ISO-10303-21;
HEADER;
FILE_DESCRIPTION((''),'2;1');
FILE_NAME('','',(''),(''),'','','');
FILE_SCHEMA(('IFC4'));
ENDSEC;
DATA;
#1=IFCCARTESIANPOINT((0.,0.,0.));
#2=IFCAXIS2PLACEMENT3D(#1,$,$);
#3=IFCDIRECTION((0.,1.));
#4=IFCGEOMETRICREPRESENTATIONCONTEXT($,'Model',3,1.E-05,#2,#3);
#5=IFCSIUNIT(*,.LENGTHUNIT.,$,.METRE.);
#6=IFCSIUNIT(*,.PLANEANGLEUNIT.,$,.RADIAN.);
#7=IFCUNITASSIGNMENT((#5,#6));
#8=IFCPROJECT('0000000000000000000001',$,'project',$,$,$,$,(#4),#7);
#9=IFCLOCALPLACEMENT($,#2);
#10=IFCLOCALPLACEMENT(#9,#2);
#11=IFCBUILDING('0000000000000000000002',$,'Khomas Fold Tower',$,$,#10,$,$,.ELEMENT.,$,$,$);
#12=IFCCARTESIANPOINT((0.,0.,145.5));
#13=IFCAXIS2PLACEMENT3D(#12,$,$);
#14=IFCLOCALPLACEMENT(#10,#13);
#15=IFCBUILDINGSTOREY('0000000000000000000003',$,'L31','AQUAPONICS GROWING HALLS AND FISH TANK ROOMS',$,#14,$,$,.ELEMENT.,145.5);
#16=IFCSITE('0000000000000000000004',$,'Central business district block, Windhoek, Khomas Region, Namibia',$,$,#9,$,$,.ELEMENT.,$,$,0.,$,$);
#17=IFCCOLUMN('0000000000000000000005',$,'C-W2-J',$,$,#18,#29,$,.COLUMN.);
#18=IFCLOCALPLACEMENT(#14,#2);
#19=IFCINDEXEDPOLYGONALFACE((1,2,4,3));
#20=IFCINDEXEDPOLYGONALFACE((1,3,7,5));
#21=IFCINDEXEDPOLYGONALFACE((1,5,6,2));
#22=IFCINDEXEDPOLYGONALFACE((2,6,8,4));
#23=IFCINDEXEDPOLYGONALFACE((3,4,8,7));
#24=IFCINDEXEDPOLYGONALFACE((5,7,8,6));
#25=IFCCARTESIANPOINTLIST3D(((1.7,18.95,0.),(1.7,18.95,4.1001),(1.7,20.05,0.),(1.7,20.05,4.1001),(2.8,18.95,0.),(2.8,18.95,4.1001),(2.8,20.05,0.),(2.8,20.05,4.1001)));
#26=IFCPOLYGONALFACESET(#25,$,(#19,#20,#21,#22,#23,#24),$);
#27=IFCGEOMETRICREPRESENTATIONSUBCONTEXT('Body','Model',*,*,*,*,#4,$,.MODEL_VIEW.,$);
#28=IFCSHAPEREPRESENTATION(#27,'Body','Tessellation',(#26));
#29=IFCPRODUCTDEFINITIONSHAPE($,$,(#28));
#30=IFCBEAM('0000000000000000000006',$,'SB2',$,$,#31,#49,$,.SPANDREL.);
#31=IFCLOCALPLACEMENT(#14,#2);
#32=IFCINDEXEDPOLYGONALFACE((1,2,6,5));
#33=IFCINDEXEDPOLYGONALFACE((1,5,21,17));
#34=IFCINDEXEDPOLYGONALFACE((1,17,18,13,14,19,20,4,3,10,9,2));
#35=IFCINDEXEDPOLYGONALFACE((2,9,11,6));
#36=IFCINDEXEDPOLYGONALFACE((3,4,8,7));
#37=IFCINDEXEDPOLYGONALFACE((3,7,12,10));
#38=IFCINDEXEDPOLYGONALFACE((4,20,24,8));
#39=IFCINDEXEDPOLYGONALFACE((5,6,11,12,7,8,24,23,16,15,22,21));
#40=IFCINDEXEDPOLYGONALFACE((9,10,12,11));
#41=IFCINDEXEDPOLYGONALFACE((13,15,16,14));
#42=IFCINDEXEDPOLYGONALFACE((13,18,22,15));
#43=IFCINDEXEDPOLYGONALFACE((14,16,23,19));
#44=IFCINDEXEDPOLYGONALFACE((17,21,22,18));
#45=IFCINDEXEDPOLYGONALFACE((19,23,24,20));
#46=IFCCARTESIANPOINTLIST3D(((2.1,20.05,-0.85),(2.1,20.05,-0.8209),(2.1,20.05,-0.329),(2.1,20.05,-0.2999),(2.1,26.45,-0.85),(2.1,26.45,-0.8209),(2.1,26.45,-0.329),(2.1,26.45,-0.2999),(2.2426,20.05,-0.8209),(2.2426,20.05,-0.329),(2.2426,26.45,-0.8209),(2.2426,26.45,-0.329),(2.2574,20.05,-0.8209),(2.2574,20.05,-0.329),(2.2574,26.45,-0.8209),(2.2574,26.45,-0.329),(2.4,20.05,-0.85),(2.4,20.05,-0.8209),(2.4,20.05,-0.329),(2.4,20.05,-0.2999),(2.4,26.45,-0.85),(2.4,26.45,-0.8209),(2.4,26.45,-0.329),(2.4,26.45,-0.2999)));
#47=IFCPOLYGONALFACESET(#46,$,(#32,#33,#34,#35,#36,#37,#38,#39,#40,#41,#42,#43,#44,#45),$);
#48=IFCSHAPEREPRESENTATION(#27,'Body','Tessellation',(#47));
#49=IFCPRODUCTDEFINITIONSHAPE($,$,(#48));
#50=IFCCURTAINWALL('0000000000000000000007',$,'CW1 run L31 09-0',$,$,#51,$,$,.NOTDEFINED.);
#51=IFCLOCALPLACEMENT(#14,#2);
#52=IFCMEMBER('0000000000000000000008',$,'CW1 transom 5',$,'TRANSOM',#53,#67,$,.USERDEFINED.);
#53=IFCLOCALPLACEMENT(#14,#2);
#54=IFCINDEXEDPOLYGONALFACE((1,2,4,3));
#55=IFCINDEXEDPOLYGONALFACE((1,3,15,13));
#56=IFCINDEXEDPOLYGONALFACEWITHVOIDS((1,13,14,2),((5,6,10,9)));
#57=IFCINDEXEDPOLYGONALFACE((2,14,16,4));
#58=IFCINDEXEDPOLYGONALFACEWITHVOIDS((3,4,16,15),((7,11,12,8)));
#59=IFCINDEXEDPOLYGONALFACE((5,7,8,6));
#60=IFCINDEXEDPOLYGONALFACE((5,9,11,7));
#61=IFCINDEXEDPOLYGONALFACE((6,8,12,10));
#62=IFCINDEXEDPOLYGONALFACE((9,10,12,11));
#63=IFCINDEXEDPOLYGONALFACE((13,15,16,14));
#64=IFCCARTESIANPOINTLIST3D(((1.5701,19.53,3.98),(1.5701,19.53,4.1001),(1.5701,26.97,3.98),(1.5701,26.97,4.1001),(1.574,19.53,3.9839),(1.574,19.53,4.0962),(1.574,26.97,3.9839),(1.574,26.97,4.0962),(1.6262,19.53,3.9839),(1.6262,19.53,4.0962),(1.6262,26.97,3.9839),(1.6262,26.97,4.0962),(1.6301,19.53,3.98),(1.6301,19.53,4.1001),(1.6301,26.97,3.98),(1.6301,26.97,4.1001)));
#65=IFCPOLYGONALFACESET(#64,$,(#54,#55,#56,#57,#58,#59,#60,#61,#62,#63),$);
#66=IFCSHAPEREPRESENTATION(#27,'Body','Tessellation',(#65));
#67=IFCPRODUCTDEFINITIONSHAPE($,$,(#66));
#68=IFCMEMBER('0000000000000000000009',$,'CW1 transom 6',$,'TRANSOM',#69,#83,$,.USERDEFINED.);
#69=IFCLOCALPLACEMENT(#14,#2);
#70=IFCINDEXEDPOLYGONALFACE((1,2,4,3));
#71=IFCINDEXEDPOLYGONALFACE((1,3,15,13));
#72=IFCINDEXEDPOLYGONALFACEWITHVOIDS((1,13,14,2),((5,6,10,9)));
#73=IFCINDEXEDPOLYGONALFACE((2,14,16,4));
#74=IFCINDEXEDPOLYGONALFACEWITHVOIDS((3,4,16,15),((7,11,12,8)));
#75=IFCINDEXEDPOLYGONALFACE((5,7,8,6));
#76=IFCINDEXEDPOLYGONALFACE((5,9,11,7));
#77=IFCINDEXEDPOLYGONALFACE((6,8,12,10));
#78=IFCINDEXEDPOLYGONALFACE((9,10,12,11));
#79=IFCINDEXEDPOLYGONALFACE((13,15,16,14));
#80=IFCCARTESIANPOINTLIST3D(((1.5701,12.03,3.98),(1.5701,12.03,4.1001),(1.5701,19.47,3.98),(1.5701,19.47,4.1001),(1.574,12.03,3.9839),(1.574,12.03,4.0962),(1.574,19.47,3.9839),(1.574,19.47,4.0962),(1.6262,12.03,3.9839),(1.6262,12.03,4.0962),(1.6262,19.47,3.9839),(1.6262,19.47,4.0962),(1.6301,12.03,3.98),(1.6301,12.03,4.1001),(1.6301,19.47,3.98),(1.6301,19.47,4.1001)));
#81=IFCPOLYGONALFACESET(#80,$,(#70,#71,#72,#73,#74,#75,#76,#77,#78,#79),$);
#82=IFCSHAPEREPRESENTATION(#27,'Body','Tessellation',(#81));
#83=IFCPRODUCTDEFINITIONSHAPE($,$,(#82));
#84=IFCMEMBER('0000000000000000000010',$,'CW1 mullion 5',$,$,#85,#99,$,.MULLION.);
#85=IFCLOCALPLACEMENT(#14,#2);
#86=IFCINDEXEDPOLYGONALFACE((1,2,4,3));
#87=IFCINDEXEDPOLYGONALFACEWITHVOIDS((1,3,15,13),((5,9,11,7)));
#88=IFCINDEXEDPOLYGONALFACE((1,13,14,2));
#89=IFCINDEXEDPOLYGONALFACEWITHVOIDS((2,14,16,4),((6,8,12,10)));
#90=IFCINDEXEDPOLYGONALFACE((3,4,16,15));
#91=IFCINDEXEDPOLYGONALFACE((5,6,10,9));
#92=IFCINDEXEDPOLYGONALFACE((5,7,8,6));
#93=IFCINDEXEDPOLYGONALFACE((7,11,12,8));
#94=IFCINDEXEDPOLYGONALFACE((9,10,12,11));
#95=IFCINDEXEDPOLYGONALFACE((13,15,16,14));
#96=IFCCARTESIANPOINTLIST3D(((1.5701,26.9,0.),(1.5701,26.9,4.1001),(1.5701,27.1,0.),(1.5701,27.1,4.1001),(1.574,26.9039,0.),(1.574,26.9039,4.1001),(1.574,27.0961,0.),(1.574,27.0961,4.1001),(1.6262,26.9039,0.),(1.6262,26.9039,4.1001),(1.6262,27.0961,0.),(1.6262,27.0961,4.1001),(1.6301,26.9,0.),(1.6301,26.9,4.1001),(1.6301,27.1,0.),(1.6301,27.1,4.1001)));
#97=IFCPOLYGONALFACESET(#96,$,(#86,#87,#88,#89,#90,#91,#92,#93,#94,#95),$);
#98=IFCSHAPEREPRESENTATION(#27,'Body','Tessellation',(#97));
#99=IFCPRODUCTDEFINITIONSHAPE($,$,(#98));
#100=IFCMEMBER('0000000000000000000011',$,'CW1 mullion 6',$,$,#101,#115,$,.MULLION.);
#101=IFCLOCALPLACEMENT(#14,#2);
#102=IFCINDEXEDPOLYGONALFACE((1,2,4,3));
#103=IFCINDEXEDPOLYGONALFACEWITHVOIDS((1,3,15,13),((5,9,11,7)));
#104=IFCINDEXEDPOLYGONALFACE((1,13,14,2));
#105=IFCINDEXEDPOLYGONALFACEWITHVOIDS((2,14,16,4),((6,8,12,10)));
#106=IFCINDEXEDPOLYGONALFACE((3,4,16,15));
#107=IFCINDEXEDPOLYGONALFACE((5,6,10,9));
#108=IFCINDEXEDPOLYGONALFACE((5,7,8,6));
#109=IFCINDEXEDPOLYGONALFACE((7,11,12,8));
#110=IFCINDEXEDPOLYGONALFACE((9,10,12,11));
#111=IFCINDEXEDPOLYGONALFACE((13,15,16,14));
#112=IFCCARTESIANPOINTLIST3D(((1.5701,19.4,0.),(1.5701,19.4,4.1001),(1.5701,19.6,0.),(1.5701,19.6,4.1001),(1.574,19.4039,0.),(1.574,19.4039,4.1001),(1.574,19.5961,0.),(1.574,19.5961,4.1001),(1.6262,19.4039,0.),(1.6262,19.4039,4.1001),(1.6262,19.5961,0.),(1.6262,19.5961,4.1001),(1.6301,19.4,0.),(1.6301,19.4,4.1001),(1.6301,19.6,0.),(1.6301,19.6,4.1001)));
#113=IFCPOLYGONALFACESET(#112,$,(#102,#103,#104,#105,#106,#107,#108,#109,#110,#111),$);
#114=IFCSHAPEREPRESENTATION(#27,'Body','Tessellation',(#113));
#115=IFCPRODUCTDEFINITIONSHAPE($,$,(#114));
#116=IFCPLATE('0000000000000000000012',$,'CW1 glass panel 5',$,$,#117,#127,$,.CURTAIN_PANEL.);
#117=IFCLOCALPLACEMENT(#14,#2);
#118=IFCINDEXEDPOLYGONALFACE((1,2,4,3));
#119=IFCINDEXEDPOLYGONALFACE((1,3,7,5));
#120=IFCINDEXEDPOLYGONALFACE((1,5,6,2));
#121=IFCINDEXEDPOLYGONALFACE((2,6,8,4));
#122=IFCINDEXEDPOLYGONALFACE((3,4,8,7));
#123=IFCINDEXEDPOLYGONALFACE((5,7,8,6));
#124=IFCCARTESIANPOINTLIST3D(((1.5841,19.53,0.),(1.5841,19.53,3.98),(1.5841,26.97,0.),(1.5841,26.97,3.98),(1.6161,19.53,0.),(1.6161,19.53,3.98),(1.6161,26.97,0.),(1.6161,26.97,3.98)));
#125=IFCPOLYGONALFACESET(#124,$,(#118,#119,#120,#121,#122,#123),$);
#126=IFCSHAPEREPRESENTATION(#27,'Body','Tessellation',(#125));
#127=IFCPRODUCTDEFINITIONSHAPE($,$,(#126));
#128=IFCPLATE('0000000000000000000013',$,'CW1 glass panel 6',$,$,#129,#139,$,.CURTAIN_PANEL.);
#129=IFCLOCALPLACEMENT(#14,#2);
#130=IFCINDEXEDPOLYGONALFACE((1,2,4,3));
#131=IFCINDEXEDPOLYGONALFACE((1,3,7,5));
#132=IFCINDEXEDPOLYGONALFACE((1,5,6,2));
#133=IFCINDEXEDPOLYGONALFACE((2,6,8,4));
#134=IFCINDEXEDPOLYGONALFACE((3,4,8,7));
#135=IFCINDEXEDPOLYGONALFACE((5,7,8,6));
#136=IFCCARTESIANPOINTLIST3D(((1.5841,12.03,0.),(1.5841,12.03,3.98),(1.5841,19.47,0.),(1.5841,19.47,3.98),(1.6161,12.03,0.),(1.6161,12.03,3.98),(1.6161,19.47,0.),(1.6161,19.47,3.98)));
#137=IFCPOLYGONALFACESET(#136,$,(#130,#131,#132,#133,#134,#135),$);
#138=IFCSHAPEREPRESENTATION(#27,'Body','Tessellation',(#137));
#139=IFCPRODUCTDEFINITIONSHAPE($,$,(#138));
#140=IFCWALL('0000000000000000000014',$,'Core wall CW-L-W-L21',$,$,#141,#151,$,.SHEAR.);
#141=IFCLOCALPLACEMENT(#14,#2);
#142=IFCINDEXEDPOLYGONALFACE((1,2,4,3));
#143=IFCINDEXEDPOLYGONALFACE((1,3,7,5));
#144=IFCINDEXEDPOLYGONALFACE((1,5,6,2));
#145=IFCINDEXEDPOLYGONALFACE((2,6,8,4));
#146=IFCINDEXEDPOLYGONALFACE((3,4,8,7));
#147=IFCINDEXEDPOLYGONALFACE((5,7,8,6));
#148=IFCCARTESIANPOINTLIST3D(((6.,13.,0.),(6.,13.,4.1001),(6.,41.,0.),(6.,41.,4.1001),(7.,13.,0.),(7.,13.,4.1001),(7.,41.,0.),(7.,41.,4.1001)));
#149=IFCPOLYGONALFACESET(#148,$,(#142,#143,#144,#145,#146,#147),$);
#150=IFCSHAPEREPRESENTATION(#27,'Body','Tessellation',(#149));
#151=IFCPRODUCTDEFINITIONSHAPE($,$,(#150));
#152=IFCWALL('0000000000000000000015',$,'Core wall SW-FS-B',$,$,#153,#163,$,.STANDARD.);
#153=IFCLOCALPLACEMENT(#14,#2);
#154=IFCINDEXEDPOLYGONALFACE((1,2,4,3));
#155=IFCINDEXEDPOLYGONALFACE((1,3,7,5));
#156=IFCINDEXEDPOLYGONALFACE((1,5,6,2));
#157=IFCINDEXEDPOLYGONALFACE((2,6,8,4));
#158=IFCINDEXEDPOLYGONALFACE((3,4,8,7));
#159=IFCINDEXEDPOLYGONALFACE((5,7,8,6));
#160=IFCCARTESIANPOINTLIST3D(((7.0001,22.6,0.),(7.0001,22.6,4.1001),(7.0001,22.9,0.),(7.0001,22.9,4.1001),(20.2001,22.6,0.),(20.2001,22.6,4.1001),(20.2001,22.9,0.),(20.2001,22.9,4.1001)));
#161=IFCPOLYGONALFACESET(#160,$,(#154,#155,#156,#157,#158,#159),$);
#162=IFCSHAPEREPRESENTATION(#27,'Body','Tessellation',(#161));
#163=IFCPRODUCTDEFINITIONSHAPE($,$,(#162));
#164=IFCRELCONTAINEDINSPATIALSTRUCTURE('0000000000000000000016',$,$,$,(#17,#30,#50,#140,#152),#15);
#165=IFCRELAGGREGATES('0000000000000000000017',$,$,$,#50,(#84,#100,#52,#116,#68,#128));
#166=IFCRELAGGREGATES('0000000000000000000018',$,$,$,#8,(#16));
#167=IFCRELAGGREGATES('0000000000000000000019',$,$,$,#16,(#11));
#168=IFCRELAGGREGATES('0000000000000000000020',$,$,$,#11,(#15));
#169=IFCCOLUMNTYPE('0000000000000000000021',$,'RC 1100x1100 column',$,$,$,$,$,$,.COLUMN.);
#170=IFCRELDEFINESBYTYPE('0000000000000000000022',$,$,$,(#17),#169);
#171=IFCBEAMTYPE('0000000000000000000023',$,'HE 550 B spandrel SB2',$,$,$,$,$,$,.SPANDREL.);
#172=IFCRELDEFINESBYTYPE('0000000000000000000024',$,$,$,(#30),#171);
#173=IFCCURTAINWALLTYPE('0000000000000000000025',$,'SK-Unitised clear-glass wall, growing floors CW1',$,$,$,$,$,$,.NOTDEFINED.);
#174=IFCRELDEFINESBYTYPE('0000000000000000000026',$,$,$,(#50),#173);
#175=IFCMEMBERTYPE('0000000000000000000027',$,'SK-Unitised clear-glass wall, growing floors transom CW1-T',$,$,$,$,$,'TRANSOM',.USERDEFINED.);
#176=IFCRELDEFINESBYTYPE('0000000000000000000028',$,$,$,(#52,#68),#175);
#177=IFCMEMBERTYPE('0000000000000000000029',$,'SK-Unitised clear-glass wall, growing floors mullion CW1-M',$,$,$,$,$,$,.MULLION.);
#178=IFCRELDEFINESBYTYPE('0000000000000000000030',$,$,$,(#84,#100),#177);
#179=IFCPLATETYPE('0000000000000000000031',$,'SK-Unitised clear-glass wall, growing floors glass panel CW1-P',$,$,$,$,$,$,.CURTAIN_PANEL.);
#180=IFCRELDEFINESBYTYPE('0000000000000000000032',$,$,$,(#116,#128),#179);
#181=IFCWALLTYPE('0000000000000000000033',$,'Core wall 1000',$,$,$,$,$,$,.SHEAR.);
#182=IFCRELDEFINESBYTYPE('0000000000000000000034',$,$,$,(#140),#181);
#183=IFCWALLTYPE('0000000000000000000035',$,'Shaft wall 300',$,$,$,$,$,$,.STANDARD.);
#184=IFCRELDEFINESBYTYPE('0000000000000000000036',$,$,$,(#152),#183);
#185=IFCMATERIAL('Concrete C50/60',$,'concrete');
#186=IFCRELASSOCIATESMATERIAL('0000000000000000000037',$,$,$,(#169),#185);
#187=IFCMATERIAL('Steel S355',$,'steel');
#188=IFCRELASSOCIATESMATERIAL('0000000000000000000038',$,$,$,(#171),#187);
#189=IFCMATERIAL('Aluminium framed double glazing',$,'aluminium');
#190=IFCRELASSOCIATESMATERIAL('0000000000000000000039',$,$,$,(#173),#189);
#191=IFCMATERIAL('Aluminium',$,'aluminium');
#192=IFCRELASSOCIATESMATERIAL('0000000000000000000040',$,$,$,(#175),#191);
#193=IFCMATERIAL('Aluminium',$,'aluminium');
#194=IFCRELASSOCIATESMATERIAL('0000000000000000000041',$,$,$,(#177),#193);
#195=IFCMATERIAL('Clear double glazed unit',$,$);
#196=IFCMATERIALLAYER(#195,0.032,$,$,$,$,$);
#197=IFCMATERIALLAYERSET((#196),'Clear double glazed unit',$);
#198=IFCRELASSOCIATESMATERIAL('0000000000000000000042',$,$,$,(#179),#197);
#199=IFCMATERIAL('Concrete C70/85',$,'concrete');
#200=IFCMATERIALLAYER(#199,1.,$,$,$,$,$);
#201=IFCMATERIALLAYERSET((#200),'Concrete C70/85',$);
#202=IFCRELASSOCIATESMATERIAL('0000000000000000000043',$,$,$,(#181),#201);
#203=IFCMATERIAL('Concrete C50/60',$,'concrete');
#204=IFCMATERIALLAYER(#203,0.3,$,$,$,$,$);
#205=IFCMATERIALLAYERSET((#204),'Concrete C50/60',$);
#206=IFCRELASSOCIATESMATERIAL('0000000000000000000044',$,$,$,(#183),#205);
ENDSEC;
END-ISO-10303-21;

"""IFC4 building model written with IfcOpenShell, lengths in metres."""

from ifc_helpers import new_model, si_unit, direction, frame, frame_2d, origin, origin_2d, place, context, subcontext, project, spatial, rectangle, hollow_rectangle, i_section, extrude, source, transform, mapped, material, layer, layer_set, material_profile, profile_set, type_object, element, aggregate, save


model = new_model("IFC4")

# Units and contexts
model_context = context("Model", 3, precision=1e-05, world=origin(), true_north=direction((0.0, 1.0)))
body_context = subcontext(model_context, "Body", "Model", "MODEL_VIEW")
ifc_project = project(units=[si_unit("LENGTHUNIT", "METRE"), si_unit("PLANEANGLEUNIT", "RADIAN")], contexts=[model_context])

# Site, building, storey
site_placement = place(None, origin())
site = spatial("IfcSite", under=ifc_project, at=site_placement, Name="Central business district block, Windhoek, Khomas Region, Namibia", CompositionType="ELEMENT", RefElevation=0.0)
building_placement = place(site_placement, origin())
building = spatial("IfcBuilding", under=site, at=building_placement, Name="Khomas Fold Tower", CompositionType="ELEMENT")
storey_placement = place(building_placement, frame((0.0, 0.0, 145.5)))
storey = spatial("IfcBuildingStorey", under=building, at=storey_placement, Name="L31", Description="AQUAPONICS GROWING HALLS AND FISH TANK ROOMS", CompositionType="ELEMENT", Elevation=145.5)

# Column
ifc_material_1 = material(Name="Concrete C50/60", Category="concrete")
ifc_material_profile_1 = material_profile(ifc_material_1, rectangle(XDim=1.1001, YDim=1.1001, at=origin_2d()), Name="RC 1100x1100")
ifc_profile_set_1 = profile_set([ifc_material_profile_1], Name="Concrete C50/60")
column_type = type_object("IfcColumnType", Name="RC 1100x1100 column", PredefinedType="COLUMN", material=ifc_profile_set_1)
shared_shape_1 = source(origin(), body_context, "Body", "SweptSolid", [
    extrude(rectangle(XDim=1.1001, YDim=1.1001, at=origin_2d()), origin(), (0.0, 0.0, 1.0), 4.1001),
])
column_placement = place(storey_placement, frame((2.25, 19.5, 0.0), z_axis=(0.0, 0.0, 1.0), x_axis=(1.0, 0.0, 0.0)))
element("IfcColumn", 1, at=column_placement, inside=storey, type_object=column_type, Name="C-W2-J", PredefinedType="COLUMN", context=body_context, shape_type="MappedRepresentation", body=[
    mapped(shared_shape_1, transform((0.0, 0.0, 0.0))),
])

# Beam
ifc_material_2 = material(Name="Steel S355", Category="steel")
ifc_material_profile_2 = material_profile(ifc_material_2, i_section(OverallWidth=0.3, OverallDepth=0.55, WebThickness=0.0149, FlangeThickness=0.0291, at=origin_2d()), Name="HE 550 B")
ifc_profile_set_2 = profile_set([ifc_material_profile_2], Name="Steel S355")
beam_type = type_object("IfcBeamType", Name="HE 550 B spandrel SB2", PredefinedType="SPANDREL", material=ifc_profile_set_2)
shared_shape_2 = source(origin(), body_context, "Body", "SweptSolid", [
    extrude(i_section(OverallWidth=0.3, OverallDepth=0.55, WebThickness=0.0149, FlangeThickness=0.0291, at=origin_2d()), origin(), (0.0, 0.0, 1.0), 6.3999),
])
beam_placement = place(storey_placement, frame((2.25, 20.05, -0.575), z_axis=(0.0, 1.0, 0.0), x_axis=(-1.0, 0.0, 0.0)))
element("IfcBeam", 2, at=beam_placement, inside=storey, type_object=beam_type, Name="SB2", PredefinedType="SPANDREL", context=body_context, shape_type="MappedRepresentation", body=[
    mapped(shared_shape_2, transform((0.0, 0.0, 0.0))),
])

# Curtain wall, members, plates
ifc_material_3 = material(Name="Aluminium framed double glazing", Category="aluminium")
curtain_wall_type = type_object("IfcCurtainWallType", Name="SK-Unitised clear-glass wall, growing floors CW1", PredefinedType="NOTDEFINED", material=ifc_material_3)
curtain_wall_placement = place(storey_placement, origin())
curtain_wall = element("IfcCurtainWall", 3, at=curtain_wall_placement, inside=storey, type_object=curtain_wall_type, Name="CW1 run L31 09-0", PredefinedType="NOTDEFINED")
ifc_material_4 = material(Name="Aluminium", Category="aluminium")
ifc_material_profile_3 = material_profile(ifc_material_4, hollow_rectangle(XDim=0.0601, YDim=0.1201, WallThickness=0.0039, at=origin_2d()), Name="SK-Unitised clear-glass wall, growing floors transom CW1-T")
ifc_profile_set_3 = profile_set([ifc_material_profile_3], Name="Aluminium")
member_type_1 = type_object("IfcMemberType", Name="SK-Unitised clear-glass wall, growing floors transom CW1-T", ElementType="TRANSOM", PredefinedType="USERDEFINED", material=ifc_profile_set_3)
shared_shape_3 = source(origin(), body_context, "Body", "SweptSolid", [
    extrude(hollow_rectangle(XDim=0.0601, YDim=0.1201, WallThickness=0.0039, at=origin_2d()), origin(), (0.0, 0.0, 1.0), 7.4399),
])
member_1_placement = place(storey_placement, frame((1.6001, 26.97, 4.04), z_axis=(0.0, -1.0, 0.0), x_axis=(1.0, 0.0, 0.0)))
member_1 = element("IfcMember", 4, at=member_1_placement, type_object=member_type_1, Name="CW1 transom 5", ObjectType="TRANSOM", PredefinedType="USERDEFINED", context=body_context, shape_type="MappedRepresentation", body=[
    mapped(shared_shape_3, transform((0.0, 0.0, 0.0))),
])
member_2_placement = place(storey_placement, frame((1.6001, 19.47, 4.04), z_axis=(0.0, -1.0, 0.0), x_axis=(1.0, 0.0, 0.0)))
member_2 = element("IfcMember", 5, at=member_2_placement, type_object=member_type_1, Name="CW1 transom 6", ObjectType="TRANSOM", PredefinedType="USERDEFINED", context=body_context, shape_type="MappedRepresentation", body=[
    mapped(shared_shape_3, transform((0.0, 0.0, 0.0))),
])
ifc_material_5 = material(Name="Aluminium", Category="aluminium")
ifc_material_profile_4 = material_profile(ifc_material_5, hollow_rectangle(XDim=0.0601, YDim=0.2, WallThickness=0.0039, at=origin_2d()), Name="SK-Unitised clear-glass wall, growing floors mullion CW1-M")
ifc_profile_set_4 = profile_set([ifc_material_profile_4], Name="Aluminium")
member_type_2 = type_object("IfcMemberType", Name="SK-Unitised clear-glass wall, growing floors mullion CW1-M", PredefinedType="MULLION", material=ifc_profile_set_4)
shared_shape_4 = source(origin(), body_context, "Body", "SweptSolid", [
    extrude(hollow_rectangle(XDim=0.0601, YDim=0.2, WallThickness=0.0039, at=origin_2d()), origin(), (0.0, 0.0, 1.0), 4.1001),
])
member_3_placement = place(storey_placement, frame((1.6001, 27.0, 0.0), z_axis=(0.0, 0.0, 1.0), x_axis=(1.0, 0.0, 0.0)))
member_3 = element("IfcMember", 6, at=member_3_placement, type_object=member_type_2, Name="CW1 mullion 5", PredefinedType="MULLION", context=body_context, shape_type="MappedRepresentation", body=[
    mapped(shared_shape_4, transform((0.0, 0.0, 0.0))),
])
member_4_placement = place(storey_placement, frame((1.6001, 19.5, 0.0), z_axis=(0.0, 0.0, 1.0), x_axis=(1.0, 0.0, 0.0)))
member_4 = element("IfcMember", 7, at=member_4_placement, type_object=member_type_2, Name="CW1 mullion 6", PredefinedType="MULLION", context=body_context, shape_type="MappedRepresentation", body=[
    mapped(shared_shape_4, transform((0.0, 0.0, 0.0))),
])
ifc_material_6 = material(Name="Clear double glazed unit")
ifc_layer_1 = layer(ifc_material_6, 0.032)
ifc_layer_set_1 = layer_set([ifc_layer_1], Name="Clear double glazed unit")
plate_type = type_object("IfcPlateType", Name="SK-Unitised clear-glass wall, growing floors glass panel CW1-P", PredefinedType="CURTAIN_PANEL", material=ifc_layer_set_1)
shared_shape_5 = source(origin(), body_context, "Body", "SweptSolid", [
    extrude(rectangle(XDim=7.4399, YDim=0.032, at=origin_2d()), origin(), (0.0, 0.0, 1.0), 3.98),
])
plate_1_placement = place(storey_placement, frame((1.6001, 23.25, 0.0), z_axis=(0.0, 0.0, 1.0), x_axis=(0.0, -1.0, 0.0)))
plate_1 = element("IfcPlate", 8, at=plate_1_placement, type_object=plate_type, Name="CW1 glass panel 5", PredefinedType="CURTAIN_PANEL", context=body_context, shape_type="MappedRepresentation", body=[
    mapped(shared_shape_5, transform((0.0, 0.0, 0.0))),
])
plate_2_placement = place(storey_placement, frame((1.6001, 15.75, 0.0), z_axis=(0.0, 0.0, 1.0), x_axis=(0.0, -1.0, 0.0)))
plate_2 = element("IfcPlate", 9, at=plate_2_placement, type_object=plate_type, Name="CW1 glass panel 6", PredefinedType="CURTAIN_PANEL", context=body_context, shape_type="MappedRepresentation", body=[
    mapped(shared_shape_5, transform((0.0, 0.0, 0.0))),
])
aggregate(curtain_wall, [member_3, member_4, member_1, plate_1, member_2, plate_2])

# Walls
ifc_material_7 = material(Name="Concrete C70/85", Category="concrete")
ifc_layer_2 = layer(ifc_material_7, 1.0)
ifc_layer_set_2 = layer_set([ifc_layer_2], Name="Concrete C70/85")
wall_type_1 = type_object("IfcWallType", Name="Core wall 1000", PredefinedType="SHEAR", material=ifc_layer_set_2)
shared_shape_6 = source(origin(), body_context, "Body", "SweptSolid", [
    extrude(rectangle(XDim=28.0, YDim=1.0, at=frame_2d((14.0, 0.0))), origin(), (0.0, 0.0, 1.0), 4.1001),
])
wall_1_placement = place(storey_placement, frame((6.5, 13.0, 0.0), z_axis=(0.0, 0.0, 1.0), x_axis=(0.0, 1.0, 0.0)))
element("IfcWall", 10, at=wall_1_placement, inside=storey, type_object=wall_type_1, Name="Core wall CW-L-W-L21", PredefinedType="SHEAR", context=body_context, shape_type="MappedRepresentation", body=[
    mapped(shared_shape_6, transform((0.0, 0.0, 0.0))),
])
ifc_material_8 = material(Name="Concrete C50/60", Category="concrete")
ifc_layer_3 = layer(ifc_material_8, 0.3)
ifc_layer_set_3 = layer_set([ifc_layer_3], Name="Concrete C50/60")
wall_type_2 = type_object("IfcWallType", Name="Shaft wall 300", PredefinedType="STANDARD", material=ifc_layer_set_3)
shared_shape_7 = source(origin(), body_context, "Body", "SweptSolid", [
    extrude(rectangle(XDim=13.2, YDim=0.3, at=frame_2d((6.6001, 0.0))), origin(), (0.0, 0.0, 1.0), 4.1001),
])
wall_2_placement = place(storey_placement, frame((7.0, 22.75, 0.0), z_axis=(0.0, 0.0, 1.0), x_axis=(1.0, 0.0, 0.0)))
element("IfcWall", 11, at=wall_2_placement, inside=storey, type_object=wall_type_2, Name="Core wall SW-FS-B", PredefinedType="STANDARD", context=body_context, shape_type="MappedRepresentation", body=[
    mapped(shared_shape_7, transform((0.0, 0.0, 0.0))),
])

save(model, "model.ifc")
